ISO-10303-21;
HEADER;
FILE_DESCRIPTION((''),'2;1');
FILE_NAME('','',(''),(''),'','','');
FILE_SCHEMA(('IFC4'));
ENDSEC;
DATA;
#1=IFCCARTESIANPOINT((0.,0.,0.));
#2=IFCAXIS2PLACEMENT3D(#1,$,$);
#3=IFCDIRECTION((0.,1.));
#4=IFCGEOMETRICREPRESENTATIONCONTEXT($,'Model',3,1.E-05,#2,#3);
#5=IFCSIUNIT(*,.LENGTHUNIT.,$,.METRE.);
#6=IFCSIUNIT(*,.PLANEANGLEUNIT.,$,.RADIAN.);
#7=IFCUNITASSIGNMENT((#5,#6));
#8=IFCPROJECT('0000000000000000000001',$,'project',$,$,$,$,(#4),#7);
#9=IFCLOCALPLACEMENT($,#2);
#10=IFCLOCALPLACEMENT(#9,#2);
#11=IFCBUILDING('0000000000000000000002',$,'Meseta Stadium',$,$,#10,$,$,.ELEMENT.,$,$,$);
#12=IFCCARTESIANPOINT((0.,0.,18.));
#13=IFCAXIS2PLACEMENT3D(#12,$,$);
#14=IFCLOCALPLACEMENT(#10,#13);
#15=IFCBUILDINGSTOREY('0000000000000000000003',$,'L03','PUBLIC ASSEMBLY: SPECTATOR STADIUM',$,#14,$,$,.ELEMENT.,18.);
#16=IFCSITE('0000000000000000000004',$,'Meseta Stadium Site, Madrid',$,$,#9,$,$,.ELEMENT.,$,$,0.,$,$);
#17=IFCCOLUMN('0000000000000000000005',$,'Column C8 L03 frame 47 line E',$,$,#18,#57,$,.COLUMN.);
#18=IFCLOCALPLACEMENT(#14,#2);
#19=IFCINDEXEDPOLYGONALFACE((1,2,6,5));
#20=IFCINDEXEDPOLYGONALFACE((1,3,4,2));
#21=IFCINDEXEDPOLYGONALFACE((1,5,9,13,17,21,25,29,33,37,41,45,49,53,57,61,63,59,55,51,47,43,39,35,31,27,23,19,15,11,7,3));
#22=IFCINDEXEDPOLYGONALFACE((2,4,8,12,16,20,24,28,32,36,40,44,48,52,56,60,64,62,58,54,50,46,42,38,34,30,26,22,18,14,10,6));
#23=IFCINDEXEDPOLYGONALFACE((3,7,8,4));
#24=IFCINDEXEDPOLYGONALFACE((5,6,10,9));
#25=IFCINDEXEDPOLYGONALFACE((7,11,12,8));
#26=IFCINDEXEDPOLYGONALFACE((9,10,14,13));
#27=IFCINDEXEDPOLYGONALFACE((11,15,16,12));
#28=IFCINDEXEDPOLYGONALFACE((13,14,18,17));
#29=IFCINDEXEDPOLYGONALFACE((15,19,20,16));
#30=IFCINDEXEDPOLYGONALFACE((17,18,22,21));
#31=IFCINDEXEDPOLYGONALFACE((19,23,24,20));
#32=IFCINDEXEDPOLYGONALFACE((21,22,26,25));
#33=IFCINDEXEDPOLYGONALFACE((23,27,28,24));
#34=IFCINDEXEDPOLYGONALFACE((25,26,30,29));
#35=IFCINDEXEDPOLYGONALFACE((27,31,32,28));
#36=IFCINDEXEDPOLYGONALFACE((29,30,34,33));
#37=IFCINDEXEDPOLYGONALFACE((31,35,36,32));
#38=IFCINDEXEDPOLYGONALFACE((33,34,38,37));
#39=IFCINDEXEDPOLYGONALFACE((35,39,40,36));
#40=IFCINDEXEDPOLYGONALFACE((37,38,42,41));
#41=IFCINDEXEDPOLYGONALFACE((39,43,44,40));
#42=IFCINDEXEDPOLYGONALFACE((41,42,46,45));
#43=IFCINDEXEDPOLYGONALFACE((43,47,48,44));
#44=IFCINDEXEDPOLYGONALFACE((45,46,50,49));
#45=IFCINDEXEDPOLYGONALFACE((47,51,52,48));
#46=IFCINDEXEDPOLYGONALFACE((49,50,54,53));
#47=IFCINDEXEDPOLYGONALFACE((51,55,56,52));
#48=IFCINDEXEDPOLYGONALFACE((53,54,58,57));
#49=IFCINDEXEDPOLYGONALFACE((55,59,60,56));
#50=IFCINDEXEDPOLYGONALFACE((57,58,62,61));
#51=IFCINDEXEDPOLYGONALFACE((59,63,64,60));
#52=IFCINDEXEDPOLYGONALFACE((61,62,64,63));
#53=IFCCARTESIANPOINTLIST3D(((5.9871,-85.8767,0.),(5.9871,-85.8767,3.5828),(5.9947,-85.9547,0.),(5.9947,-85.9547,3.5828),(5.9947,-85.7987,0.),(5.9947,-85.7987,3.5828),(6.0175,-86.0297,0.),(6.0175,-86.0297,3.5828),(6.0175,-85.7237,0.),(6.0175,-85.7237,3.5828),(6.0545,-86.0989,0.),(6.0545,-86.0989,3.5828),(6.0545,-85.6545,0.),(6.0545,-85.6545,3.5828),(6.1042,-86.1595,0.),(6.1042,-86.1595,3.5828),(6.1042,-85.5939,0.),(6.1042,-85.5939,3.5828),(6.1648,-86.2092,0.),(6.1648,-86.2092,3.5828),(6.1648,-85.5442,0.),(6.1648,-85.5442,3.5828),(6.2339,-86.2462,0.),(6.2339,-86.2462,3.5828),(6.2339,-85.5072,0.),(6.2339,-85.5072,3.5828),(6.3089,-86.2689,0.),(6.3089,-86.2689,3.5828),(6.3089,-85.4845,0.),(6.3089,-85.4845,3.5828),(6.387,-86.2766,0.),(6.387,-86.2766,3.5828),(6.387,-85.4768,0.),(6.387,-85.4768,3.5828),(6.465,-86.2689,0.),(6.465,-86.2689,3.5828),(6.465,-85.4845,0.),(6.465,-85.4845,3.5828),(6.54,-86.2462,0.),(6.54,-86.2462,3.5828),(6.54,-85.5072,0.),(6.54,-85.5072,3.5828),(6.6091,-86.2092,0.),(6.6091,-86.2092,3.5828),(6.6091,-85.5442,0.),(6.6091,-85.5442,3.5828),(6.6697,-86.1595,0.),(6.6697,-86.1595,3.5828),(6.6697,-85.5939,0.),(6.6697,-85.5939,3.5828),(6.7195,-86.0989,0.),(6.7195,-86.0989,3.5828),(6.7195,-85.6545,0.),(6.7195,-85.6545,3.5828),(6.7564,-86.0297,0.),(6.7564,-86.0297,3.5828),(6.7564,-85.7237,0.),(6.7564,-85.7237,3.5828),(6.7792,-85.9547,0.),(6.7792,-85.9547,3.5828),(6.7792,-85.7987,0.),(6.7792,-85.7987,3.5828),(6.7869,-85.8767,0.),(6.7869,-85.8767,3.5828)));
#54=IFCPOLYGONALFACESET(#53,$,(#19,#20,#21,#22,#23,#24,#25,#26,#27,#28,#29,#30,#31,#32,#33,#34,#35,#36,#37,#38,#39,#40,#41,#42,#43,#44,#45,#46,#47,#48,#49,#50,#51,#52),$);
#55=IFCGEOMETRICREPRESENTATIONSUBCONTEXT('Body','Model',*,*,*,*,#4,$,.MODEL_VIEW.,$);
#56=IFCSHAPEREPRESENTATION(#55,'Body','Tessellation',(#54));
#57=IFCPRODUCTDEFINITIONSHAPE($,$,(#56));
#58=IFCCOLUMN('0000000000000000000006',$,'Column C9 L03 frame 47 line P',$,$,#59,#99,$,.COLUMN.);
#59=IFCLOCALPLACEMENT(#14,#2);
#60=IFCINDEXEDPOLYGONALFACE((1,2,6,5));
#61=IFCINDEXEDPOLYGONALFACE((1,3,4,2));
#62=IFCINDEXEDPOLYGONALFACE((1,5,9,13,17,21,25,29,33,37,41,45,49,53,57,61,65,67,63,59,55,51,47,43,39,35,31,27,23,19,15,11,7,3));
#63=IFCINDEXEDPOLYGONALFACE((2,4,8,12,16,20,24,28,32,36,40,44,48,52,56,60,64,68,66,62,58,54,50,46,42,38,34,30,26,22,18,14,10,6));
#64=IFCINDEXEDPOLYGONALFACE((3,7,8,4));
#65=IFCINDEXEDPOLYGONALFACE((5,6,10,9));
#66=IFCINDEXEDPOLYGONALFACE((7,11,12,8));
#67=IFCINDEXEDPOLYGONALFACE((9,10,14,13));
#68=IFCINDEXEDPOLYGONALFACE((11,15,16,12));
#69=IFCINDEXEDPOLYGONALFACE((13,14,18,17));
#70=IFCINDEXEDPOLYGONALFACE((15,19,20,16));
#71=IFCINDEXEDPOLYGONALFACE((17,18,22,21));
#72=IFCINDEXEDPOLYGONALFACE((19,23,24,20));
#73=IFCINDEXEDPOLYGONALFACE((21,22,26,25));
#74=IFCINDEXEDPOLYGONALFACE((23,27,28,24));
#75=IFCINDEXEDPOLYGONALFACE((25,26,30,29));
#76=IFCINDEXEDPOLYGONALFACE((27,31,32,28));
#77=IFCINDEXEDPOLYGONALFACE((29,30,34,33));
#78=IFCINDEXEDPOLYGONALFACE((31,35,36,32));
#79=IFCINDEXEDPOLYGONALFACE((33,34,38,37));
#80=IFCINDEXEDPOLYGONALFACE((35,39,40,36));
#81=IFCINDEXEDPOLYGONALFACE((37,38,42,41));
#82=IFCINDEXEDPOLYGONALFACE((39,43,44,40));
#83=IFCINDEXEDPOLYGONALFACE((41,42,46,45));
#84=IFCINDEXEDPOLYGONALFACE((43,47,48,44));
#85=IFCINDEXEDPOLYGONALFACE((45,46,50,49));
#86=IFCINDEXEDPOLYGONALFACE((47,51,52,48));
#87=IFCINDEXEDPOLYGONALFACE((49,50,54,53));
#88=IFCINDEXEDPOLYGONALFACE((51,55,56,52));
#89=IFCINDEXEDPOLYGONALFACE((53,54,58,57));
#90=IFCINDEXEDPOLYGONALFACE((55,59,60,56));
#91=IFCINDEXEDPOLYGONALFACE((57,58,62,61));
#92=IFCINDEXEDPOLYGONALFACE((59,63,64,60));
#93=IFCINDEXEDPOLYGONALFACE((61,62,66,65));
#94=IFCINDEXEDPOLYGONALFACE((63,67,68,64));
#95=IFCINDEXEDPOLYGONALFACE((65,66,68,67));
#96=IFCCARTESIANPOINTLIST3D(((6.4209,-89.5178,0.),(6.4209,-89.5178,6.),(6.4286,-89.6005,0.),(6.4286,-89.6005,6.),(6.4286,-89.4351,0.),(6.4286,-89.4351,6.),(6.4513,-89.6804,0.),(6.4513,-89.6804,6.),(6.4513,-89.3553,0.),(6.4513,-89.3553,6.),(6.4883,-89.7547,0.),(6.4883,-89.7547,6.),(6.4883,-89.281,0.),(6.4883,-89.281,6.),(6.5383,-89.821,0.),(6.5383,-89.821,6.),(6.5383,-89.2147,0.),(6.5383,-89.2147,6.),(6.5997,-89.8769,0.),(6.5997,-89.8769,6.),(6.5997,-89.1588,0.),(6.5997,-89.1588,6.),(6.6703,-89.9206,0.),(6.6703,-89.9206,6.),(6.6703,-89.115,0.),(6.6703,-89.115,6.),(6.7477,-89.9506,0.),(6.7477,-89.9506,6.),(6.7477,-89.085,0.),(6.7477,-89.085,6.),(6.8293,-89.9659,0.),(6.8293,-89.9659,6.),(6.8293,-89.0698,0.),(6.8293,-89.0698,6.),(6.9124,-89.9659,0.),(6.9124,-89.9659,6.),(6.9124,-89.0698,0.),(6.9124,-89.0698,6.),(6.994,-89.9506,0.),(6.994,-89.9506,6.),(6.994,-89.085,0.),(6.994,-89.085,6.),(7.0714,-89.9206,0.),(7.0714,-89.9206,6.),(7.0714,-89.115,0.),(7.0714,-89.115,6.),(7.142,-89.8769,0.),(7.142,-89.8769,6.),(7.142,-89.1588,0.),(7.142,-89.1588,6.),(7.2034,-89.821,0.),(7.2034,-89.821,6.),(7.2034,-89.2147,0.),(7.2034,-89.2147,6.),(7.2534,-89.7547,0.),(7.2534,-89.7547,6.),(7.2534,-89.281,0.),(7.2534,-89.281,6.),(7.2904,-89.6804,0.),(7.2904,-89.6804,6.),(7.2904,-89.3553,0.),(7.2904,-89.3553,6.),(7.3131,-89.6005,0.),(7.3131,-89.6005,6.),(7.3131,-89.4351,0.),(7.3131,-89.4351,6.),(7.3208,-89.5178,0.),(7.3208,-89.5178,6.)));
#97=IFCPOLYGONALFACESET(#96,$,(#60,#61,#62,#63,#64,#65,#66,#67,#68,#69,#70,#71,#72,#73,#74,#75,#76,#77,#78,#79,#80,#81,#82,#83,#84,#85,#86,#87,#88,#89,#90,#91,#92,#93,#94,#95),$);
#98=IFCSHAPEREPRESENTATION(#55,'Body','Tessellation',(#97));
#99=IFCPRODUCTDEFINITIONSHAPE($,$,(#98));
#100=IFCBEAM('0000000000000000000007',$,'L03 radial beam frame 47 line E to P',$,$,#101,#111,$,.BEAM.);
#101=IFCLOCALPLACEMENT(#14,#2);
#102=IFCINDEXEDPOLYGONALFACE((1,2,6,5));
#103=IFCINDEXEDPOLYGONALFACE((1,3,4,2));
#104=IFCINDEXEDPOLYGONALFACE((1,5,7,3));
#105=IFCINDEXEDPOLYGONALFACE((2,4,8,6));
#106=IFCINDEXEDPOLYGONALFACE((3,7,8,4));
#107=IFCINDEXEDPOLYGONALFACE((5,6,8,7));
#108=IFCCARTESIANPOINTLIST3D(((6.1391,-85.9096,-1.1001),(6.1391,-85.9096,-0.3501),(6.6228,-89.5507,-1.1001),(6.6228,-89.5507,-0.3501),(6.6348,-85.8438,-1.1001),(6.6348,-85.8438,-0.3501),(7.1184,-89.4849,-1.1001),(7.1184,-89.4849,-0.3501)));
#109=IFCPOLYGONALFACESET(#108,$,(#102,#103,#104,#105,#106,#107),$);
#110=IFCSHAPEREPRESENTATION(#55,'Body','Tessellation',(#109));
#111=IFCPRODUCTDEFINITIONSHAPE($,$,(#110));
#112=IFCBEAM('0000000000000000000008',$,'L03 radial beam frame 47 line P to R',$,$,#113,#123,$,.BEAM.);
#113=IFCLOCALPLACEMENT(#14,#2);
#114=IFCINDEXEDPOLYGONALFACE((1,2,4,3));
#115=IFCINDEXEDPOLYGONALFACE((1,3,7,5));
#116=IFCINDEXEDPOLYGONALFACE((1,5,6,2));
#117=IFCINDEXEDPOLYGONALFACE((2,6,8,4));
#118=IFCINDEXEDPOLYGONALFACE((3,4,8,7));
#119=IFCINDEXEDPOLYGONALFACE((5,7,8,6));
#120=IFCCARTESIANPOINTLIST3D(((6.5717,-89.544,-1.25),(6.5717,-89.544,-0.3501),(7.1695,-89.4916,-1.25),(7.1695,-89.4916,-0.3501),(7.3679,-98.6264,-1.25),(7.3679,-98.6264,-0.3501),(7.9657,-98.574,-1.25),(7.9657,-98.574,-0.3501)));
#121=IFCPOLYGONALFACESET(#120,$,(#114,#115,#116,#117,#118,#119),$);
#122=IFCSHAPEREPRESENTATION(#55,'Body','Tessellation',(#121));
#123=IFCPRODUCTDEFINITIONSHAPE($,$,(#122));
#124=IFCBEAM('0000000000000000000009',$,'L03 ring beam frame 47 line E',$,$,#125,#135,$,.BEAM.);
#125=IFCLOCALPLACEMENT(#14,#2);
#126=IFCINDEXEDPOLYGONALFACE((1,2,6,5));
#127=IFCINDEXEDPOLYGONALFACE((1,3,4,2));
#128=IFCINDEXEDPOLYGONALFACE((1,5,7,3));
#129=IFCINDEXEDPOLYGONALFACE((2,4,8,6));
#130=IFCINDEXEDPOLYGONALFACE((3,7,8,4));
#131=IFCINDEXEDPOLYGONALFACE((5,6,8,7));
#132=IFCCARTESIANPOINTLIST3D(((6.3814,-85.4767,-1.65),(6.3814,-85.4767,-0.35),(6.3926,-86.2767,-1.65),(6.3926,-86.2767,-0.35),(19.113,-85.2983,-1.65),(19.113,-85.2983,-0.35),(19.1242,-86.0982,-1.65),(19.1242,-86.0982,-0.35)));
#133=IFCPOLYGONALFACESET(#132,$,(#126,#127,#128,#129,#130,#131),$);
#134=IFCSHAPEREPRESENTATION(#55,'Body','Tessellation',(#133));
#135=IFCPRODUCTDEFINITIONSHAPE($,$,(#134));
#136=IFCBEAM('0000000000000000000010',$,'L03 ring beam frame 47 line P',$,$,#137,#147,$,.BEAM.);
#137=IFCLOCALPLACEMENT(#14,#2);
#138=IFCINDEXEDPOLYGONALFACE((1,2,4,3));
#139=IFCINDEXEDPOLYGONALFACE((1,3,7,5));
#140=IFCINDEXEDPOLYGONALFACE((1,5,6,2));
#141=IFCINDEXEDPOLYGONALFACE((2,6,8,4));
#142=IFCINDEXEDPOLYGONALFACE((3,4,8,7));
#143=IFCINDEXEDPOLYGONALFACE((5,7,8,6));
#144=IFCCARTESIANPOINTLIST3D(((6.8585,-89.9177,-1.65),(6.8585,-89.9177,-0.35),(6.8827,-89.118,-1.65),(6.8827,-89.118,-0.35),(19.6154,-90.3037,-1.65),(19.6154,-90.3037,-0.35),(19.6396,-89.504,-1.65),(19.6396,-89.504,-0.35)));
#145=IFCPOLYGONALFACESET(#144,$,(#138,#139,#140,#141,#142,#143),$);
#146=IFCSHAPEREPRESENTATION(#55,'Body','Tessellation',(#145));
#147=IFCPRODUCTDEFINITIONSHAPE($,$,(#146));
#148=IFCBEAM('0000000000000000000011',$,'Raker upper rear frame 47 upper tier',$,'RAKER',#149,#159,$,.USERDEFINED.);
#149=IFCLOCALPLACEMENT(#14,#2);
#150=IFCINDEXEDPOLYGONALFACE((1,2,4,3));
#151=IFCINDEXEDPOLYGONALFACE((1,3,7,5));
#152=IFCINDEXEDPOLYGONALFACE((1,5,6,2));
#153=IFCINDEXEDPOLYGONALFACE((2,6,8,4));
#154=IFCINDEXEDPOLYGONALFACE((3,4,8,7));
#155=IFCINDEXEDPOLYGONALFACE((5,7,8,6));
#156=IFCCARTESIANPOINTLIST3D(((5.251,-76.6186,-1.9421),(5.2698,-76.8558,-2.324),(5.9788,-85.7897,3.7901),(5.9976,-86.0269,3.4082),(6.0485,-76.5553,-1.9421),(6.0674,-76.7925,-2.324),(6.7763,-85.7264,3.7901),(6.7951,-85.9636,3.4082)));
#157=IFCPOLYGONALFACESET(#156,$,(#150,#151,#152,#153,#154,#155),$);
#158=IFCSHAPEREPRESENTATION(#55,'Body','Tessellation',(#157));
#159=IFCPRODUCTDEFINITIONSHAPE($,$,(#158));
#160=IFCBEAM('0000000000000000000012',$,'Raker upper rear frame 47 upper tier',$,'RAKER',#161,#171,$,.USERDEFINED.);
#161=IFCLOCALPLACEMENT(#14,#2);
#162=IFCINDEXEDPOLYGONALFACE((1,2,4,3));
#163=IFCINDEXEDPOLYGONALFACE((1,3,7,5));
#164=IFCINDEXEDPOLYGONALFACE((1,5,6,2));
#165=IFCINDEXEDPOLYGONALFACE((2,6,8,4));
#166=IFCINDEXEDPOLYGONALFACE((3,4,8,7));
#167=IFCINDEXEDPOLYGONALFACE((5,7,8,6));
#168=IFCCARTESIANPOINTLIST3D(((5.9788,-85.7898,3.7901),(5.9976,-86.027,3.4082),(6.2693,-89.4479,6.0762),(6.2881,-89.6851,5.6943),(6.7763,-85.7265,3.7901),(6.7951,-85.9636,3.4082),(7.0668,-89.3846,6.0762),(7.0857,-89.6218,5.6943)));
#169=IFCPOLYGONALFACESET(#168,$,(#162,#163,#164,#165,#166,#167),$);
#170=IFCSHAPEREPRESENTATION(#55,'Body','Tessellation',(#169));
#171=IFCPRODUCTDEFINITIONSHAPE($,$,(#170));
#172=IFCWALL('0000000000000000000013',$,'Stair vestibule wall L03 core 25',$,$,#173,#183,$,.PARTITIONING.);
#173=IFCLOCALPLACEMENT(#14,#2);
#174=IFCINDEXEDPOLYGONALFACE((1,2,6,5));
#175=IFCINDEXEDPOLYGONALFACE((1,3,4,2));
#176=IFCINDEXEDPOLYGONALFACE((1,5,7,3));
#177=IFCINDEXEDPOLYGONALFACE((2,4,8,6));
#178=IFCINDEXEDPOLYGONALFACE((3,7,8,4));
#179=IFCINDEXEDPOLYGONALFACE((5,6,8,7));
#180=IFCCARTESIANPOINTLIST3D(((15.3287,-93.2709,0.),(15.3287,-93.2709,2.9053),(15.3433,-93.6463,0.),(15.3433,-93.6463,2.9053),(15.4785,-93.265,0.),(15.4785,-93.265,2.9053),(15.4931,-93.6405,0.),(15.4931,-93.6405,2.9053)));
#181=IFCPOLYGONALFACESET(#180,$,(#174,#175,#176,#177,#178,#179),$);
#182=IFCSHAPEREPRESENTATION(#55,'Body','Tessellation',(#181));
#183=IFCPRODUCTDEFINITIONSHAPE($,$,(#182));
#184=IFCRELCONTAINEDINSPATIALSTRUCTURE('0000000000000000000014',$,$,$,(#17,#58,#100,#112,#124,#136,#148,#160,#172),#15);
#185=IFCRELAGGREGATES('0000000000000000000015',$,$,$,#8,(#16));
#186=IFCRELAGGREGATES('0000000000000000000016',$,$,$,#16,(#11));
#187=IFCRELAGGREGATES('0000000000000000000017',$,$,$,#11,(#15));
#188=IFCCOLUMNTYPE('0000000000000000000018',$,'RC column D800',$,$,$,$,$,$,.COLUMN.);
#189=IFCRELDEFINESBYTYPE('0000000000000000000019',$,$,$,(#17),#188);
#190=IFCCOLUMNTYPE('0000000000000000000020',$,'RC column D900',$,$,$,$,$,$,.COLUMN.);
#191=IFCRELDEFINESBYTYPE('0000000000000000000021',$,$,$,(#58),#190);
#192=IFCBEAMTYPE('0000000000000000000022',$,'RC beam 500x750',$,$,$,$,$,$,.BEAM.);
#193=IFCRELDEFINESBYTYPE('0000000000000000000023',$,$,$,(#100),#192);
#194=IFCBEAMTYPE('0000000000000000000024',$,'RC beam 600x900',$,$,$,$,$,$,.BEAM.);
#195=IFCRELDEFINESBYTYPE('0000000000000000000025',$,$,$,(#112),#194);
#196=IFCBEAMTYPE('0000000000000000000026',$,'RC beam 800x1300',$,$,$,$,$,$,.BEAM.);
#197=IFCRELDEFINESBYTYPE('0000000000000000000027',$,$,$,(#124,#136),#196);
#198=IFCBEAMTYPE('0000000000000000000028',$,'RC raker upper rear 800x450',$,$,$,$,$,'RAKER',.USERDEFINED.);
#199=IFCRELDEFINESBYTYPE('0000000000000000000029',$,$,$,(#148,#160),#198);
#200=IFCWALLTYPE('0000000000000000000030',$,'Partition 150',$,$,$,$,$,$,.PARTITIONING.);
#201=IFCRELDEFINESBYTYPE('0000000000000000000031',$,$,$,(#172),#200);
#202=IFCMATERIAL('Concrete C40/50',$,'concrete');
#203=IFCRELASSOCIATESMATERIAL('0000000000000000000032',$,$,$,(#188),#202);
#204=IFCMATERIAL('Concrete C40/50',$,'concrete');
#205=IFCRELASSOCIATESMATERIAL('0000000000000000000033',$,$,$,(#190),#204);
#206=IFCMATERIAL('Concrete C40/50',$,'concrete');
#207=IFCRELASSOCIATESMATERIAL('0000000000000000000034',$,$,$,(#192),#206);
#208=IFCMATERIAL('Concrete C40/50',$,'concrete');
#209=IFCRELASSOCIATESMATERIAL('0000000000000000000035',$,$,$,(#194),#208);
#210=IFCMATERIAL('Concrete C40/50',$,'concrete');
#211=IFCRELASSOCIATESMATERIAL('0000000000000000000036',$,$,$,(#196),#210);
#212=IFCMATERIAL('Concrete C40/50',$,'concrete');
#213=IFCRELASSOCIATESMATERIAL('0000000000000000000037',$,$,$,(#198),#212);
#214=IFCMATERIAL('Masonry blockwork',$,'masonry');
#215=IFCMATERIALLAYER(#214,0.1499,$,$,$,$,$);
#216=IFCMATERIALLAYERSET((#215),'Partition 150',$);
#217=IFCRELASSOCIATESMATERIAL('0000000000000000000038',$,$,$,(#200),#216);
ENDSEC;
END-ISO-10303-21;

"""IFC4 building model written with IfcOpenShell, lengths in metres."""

from ifc_helpers import new_model, si_unit, direction, frame, frame_2d, origin, origin_2d, place, context, subcontext, project, spatial, rectangle, circle, extrude, material, layer, layer_set, material_profile, profile_set, type_object, element, save


model = new_model("IFC4")

# Units and contexts
model_context = context("Model", 3, precision=1e-05, world=origin(), true_north=direction((0.0, 1.0)))
body_context = subcontext(model_context, "Body", "Model", "MODEL_VIEW")
ifc_project = project(units=[si_unit("LENGTHUNIT", "METRE"), si_unit("PLANEANGLEUNIT", "RADIAN")], contexts=[model_context])

# Site, building, storey
site_placement = place(None, origin())
site = spatial("IfcSite", under=ifc_project, at=site_placement, Name="Meseta Stadium Site, Madrid", CompositionType="ELEMENT", RefElevation=0.0)
building_placement = place(site_placement, origin())
building = spatial("IfcBuilding", under=site, at=building_placement, Name="Meseta Stadium", CompositionType="ELEMENT")
storey_placement = place(building_placement, frame((0.0, 0.0, 18.0)))
storey = spatial("IfcBuildingStorey", under=building, at=storey_placement, Name="L03", Description="PUBLIC ASSEMBLY: SPECTATOR STADIUM", CompositionType="ELEMENT", Elevation=18.0)

# Columns
ifc_material_1 = material(Name="Concrete C40/50", Category="concrete")
ifc_material_profile_1 = material_profile(ifc_material_1, circle(Radius=0.3999, at=origin_2d()), Name="RC D800")
ifc_profile_set_1 = profile_set([ifc_material_profile_1], Name="Concrete C40/50")
column_type_1 = type_object("IfcColumnType", Name="RC column D800", PredefinedType="COLUMN", material=ifc_profile_set_1)
column_1_placement = place(storey_placement, frame((6.387, -85.8767, 0.0), z_axis=(0.0, 0.0, 1.0), x_axis=(1.0, 0.0, 0.0)))
element("IfcColumn", 1, at=column_1_placement, inside=storey, type_object=column_type_1, Name="Column C8 L03 frame 47 line E", PredefinedType="COLUMN", context=body_context, shape_type="SweptSolid", body=[
    extrude(circle(Radius=0.3999, at=origin_2d()), origin(), (0.0, 0.0, 1.0), 3.5828),
])
ifc_material_2 = material(Name="Concrete C40/50", Category="concrete")
ifc_material_profile_2 = material_profile(ifc_material_2, circle(Radius=0.45, at=origin_2d()), Name="RC D900")
ifc_profile_set_2 = profile_set([ifc_material_profile_2], Name="Concrete C40/50")
column_type_2 = type_object("IfcColumnType", Name="RC column D900", PredefinedType="COLUMN", material=ifc_profile_set_2)
column_2_placement = place(storey_placement, frame((6.8708, -89.5178, 0.0), z_axis=(0.0, 0.0, 1.0), x_axis=(1.0, 0.0, 0.0)))
element("IfcColumn", 2, at=column_2_placement, inside=storey, type_object=column_type_2, Name="Column C9 L03 frame 47 line P", PredefinedType="COLUMN", context=body_context, shape_type="SweptSolid", body=[
    extrude(circle(Radius=0.45, at=origin_2d()), origin(), (0.0, 0.0, 1.0), 6.0),
])

# Beams
ifc_material_3 = material(Name="Concrete C40/50", Category="concrete")
ifc_material_profile_3 = material_profile(ifc_material_3, rectangle(XDim=0.5, YDim=0.75, at=origin_2d()), Name="RC 500x750")
ifc_profile_set_3 = profile_set([ifc_material_profile_3], Name="Concrete C40/50")
beam_type_1 = type_object("IfcBeamType", Name="RC beam 500x750", PredefinedType="BEAM", material=ifc_profile_set_3)
beam_1_placement = place(storey_placement, frame((6.387, -85.8767, -0.7251), z_axis=(0.131672, -0.991293, 0.0), x_axis=(0.991293, 0.131672, 0.0)))
element("IfcBeam", 3, at=beam_1_placement, inside=storey, type_object=beam_type_1, Name="L03 radial beam frame 47 line E to P", PredefinedType="BEAM", context=body_context, shape_type="SweptSolid", body=[
    extrude(rectangle(XDim=0.5, YDim=0.75, at=origin_2d()), origin(), (0.0, 0.0, 1.0), 3.6731),
])
ifc_material_4 = material(Name="Concrete C40/50", Category="concrete")
ifc_material_profile_4 = material_profile(ifc_material_4, rectangle(XDim=0.6001, YDim=0.8999, at=origin_2d()), Name="RC 600x900")
ifc_profile_set_4 = profile_set([ifc_material_profile_4], Name="Concrete C40/50")
beam_type_2 = type_object("IfcBeamType", Name="RC beam 600x900", PredefinedType="BEAM", material=ifc_profile_set_4)
beam_2_placement = place(storey_placement, frame((6.8706, -89.5178, -0.8), z_axis=(0.087324, -0.99618, 0.0), x_axis=(0.99618, 0.087324, 0.0)))
element("IfcBeam", 4, at=beam_2_placement, inside=storey, type_object=beam_type_2, Name="L03 radial beam frame 47 line P to R", PredefinedType="BEAM", context=body_context, shape_type="SweptSolid", body=[
    extrude(rectangle(XDim=0.6001, YDim=0.8999, at=origin_2d()), origin(), (0.0, 0.0, 1.0), 9.1172),
])
ifc_material_5 = material(Name="Concrete C40/50", Category="concrete")
ifc_material_profile_5 = material_profile(ifc_material_5, rectangle(XDim=0.8, YDim=1.3, at=origin_2d()), Name="RC 800x1300")
ifc_profile_set_5 = profile_set([ifc_material_profile_5], Name="Concrete C40/50")
beam_type_3 = type_object("IfcBeamType", Name="RC beam 800x1300", PredefinedType="BEAM", material=ifc_profile_set_5)
beam_3_placement = place(storey_placement, frame((6.387, -85.8767, -1.0), z_axis=(0.999902, 0.014016, 0.0), x_axis=(-0.014016, 0.999902, 0.0)))
element("IfcBeam", 5, at=beam_3_placement, inside=storey, type_object=beam_type_3, Name="L03 ring beam frame 47 line E", PredefinedType="BEAM", context=body_context, shape_type="SweptSolid", body=[
    extrude(rectangle(XDim=0.8, YDim=1.3, at=origin_2d()), origin(), (0.0, 0.0, 1.0), 12.7329),
])
beam_4_placement = place(storey_placement, frame((6.8706, -89.5178, -1.0), z_axis=(0.999543, -0.030243, 0.0), x_axis=(0.030243, 0.999543, 0.0)))
element("IfcBeam", 6, at=beam_4_placement, inside=storey, type_object=beam_type_3, Name="L03 ring beam frame 47 line P", PredefinedType="BEAM", context=body_context, shape_type="SweptSolid", body=[
    extrude(rectangle(XDim=0.8, YDim=1.3, at=origin_2d()), origin(), (0.0, 0.0, 1.0), 12.7627),
])
ifc_material_6 = material(Name="Concrete C40/50", Category="concrete")
ifc_material_profile_6 = material_profile(ifc_material_6, rectangle(XDim=0.8, YDim=0.45, at=origin_2d()), Name="RC 800x450")
ifc_profile_set_6 = profile_set([ifc_material_profile_6], Name="Concrete C40/50")
beam_type_4 = type_object("IfcBeamType", Name="RC raker upper rear 800x450", ElementType="RAKER", PredefinedType="USERDEFINED", material=ifc_profile_set_6)
beam_5_placement = place(storey_placement, frame((5.6592, -76.7056, -2.1331), z_axis=(0.067141, -0.846076, 0.528817), x_axis=(0.996866, 0.079107, 0.0)))
element("IfcBeam", 7, at=beam_5_placement, inside=storey, type_object=beam_type_4, Name="Raker upper rear frame 47 upper tier", ObjectType="RAKER", PredefinedType="USERDEFINED", context=body_context, shape_type="SweptSolid", body=[
    extrude(rectangle(XDim=0.8, YDim=0.45, at=origin_2d()), origin(), (0.0, 0.0, 1.0), 10.8396),
])
beam_6_placement = place(storey_placement, frame((6.387, -85.8767, 3.5991), z_axis=(0.067196, -0.846107, 0.52876), x_axis=(0.996861, 0.079169, 0.0)))
element("IfcBeam", 8, at=beam_6_placement, inside=storey, type_object=beam_type_4, Name="Raker upper rear frame 47 upper tier", ObjectType="RAKER", PredefinedType="USERDEFINED", context=body_context, shape_type="SweptSolid", body=[
    extrude(rectangle(XDim=0.8, YDim=0.45, at=origin_2d()), origin(), (0.0, 0.0, 1.0), 4.3235),
])

# Wall
ifc_material_7 = material(Name="Masonry blockwork", Category="masonry")
ifc_layer_1 = layer(ifc_material_7, 0.1499)
ifc_layer_set_1 = layer_set([ifc_layer_1], Name="Partition 150")
wall_type = type_object("IfcWallType", Name="Partition 150", PredefinedType="PARTITIONING", material=ifc_layer_set_1)
wall_placement = place(storey_placement, frame((15.4036, -93.2678, 0.0), z_axis=(0.0, 0.0, 1.0), x_axis=(0.038982, -0.99924, 0.0)))
element("IfcWall", 9, at=wall_placement, inside=storey, type_object=wall_type, Name="Stair vestibule wall L03 core 25", PredefinedType="PARTITIONING", context=body_context, shape_type="SweptSolid", body=[
    extrude(rectangle(XDim=0.3757, YDim=0.1499, at=frame_2d((0.188, 0.0))), origin(), (0.0, 0.0, 1.0), 2.9053),
])

save(model, "model.ifc")
